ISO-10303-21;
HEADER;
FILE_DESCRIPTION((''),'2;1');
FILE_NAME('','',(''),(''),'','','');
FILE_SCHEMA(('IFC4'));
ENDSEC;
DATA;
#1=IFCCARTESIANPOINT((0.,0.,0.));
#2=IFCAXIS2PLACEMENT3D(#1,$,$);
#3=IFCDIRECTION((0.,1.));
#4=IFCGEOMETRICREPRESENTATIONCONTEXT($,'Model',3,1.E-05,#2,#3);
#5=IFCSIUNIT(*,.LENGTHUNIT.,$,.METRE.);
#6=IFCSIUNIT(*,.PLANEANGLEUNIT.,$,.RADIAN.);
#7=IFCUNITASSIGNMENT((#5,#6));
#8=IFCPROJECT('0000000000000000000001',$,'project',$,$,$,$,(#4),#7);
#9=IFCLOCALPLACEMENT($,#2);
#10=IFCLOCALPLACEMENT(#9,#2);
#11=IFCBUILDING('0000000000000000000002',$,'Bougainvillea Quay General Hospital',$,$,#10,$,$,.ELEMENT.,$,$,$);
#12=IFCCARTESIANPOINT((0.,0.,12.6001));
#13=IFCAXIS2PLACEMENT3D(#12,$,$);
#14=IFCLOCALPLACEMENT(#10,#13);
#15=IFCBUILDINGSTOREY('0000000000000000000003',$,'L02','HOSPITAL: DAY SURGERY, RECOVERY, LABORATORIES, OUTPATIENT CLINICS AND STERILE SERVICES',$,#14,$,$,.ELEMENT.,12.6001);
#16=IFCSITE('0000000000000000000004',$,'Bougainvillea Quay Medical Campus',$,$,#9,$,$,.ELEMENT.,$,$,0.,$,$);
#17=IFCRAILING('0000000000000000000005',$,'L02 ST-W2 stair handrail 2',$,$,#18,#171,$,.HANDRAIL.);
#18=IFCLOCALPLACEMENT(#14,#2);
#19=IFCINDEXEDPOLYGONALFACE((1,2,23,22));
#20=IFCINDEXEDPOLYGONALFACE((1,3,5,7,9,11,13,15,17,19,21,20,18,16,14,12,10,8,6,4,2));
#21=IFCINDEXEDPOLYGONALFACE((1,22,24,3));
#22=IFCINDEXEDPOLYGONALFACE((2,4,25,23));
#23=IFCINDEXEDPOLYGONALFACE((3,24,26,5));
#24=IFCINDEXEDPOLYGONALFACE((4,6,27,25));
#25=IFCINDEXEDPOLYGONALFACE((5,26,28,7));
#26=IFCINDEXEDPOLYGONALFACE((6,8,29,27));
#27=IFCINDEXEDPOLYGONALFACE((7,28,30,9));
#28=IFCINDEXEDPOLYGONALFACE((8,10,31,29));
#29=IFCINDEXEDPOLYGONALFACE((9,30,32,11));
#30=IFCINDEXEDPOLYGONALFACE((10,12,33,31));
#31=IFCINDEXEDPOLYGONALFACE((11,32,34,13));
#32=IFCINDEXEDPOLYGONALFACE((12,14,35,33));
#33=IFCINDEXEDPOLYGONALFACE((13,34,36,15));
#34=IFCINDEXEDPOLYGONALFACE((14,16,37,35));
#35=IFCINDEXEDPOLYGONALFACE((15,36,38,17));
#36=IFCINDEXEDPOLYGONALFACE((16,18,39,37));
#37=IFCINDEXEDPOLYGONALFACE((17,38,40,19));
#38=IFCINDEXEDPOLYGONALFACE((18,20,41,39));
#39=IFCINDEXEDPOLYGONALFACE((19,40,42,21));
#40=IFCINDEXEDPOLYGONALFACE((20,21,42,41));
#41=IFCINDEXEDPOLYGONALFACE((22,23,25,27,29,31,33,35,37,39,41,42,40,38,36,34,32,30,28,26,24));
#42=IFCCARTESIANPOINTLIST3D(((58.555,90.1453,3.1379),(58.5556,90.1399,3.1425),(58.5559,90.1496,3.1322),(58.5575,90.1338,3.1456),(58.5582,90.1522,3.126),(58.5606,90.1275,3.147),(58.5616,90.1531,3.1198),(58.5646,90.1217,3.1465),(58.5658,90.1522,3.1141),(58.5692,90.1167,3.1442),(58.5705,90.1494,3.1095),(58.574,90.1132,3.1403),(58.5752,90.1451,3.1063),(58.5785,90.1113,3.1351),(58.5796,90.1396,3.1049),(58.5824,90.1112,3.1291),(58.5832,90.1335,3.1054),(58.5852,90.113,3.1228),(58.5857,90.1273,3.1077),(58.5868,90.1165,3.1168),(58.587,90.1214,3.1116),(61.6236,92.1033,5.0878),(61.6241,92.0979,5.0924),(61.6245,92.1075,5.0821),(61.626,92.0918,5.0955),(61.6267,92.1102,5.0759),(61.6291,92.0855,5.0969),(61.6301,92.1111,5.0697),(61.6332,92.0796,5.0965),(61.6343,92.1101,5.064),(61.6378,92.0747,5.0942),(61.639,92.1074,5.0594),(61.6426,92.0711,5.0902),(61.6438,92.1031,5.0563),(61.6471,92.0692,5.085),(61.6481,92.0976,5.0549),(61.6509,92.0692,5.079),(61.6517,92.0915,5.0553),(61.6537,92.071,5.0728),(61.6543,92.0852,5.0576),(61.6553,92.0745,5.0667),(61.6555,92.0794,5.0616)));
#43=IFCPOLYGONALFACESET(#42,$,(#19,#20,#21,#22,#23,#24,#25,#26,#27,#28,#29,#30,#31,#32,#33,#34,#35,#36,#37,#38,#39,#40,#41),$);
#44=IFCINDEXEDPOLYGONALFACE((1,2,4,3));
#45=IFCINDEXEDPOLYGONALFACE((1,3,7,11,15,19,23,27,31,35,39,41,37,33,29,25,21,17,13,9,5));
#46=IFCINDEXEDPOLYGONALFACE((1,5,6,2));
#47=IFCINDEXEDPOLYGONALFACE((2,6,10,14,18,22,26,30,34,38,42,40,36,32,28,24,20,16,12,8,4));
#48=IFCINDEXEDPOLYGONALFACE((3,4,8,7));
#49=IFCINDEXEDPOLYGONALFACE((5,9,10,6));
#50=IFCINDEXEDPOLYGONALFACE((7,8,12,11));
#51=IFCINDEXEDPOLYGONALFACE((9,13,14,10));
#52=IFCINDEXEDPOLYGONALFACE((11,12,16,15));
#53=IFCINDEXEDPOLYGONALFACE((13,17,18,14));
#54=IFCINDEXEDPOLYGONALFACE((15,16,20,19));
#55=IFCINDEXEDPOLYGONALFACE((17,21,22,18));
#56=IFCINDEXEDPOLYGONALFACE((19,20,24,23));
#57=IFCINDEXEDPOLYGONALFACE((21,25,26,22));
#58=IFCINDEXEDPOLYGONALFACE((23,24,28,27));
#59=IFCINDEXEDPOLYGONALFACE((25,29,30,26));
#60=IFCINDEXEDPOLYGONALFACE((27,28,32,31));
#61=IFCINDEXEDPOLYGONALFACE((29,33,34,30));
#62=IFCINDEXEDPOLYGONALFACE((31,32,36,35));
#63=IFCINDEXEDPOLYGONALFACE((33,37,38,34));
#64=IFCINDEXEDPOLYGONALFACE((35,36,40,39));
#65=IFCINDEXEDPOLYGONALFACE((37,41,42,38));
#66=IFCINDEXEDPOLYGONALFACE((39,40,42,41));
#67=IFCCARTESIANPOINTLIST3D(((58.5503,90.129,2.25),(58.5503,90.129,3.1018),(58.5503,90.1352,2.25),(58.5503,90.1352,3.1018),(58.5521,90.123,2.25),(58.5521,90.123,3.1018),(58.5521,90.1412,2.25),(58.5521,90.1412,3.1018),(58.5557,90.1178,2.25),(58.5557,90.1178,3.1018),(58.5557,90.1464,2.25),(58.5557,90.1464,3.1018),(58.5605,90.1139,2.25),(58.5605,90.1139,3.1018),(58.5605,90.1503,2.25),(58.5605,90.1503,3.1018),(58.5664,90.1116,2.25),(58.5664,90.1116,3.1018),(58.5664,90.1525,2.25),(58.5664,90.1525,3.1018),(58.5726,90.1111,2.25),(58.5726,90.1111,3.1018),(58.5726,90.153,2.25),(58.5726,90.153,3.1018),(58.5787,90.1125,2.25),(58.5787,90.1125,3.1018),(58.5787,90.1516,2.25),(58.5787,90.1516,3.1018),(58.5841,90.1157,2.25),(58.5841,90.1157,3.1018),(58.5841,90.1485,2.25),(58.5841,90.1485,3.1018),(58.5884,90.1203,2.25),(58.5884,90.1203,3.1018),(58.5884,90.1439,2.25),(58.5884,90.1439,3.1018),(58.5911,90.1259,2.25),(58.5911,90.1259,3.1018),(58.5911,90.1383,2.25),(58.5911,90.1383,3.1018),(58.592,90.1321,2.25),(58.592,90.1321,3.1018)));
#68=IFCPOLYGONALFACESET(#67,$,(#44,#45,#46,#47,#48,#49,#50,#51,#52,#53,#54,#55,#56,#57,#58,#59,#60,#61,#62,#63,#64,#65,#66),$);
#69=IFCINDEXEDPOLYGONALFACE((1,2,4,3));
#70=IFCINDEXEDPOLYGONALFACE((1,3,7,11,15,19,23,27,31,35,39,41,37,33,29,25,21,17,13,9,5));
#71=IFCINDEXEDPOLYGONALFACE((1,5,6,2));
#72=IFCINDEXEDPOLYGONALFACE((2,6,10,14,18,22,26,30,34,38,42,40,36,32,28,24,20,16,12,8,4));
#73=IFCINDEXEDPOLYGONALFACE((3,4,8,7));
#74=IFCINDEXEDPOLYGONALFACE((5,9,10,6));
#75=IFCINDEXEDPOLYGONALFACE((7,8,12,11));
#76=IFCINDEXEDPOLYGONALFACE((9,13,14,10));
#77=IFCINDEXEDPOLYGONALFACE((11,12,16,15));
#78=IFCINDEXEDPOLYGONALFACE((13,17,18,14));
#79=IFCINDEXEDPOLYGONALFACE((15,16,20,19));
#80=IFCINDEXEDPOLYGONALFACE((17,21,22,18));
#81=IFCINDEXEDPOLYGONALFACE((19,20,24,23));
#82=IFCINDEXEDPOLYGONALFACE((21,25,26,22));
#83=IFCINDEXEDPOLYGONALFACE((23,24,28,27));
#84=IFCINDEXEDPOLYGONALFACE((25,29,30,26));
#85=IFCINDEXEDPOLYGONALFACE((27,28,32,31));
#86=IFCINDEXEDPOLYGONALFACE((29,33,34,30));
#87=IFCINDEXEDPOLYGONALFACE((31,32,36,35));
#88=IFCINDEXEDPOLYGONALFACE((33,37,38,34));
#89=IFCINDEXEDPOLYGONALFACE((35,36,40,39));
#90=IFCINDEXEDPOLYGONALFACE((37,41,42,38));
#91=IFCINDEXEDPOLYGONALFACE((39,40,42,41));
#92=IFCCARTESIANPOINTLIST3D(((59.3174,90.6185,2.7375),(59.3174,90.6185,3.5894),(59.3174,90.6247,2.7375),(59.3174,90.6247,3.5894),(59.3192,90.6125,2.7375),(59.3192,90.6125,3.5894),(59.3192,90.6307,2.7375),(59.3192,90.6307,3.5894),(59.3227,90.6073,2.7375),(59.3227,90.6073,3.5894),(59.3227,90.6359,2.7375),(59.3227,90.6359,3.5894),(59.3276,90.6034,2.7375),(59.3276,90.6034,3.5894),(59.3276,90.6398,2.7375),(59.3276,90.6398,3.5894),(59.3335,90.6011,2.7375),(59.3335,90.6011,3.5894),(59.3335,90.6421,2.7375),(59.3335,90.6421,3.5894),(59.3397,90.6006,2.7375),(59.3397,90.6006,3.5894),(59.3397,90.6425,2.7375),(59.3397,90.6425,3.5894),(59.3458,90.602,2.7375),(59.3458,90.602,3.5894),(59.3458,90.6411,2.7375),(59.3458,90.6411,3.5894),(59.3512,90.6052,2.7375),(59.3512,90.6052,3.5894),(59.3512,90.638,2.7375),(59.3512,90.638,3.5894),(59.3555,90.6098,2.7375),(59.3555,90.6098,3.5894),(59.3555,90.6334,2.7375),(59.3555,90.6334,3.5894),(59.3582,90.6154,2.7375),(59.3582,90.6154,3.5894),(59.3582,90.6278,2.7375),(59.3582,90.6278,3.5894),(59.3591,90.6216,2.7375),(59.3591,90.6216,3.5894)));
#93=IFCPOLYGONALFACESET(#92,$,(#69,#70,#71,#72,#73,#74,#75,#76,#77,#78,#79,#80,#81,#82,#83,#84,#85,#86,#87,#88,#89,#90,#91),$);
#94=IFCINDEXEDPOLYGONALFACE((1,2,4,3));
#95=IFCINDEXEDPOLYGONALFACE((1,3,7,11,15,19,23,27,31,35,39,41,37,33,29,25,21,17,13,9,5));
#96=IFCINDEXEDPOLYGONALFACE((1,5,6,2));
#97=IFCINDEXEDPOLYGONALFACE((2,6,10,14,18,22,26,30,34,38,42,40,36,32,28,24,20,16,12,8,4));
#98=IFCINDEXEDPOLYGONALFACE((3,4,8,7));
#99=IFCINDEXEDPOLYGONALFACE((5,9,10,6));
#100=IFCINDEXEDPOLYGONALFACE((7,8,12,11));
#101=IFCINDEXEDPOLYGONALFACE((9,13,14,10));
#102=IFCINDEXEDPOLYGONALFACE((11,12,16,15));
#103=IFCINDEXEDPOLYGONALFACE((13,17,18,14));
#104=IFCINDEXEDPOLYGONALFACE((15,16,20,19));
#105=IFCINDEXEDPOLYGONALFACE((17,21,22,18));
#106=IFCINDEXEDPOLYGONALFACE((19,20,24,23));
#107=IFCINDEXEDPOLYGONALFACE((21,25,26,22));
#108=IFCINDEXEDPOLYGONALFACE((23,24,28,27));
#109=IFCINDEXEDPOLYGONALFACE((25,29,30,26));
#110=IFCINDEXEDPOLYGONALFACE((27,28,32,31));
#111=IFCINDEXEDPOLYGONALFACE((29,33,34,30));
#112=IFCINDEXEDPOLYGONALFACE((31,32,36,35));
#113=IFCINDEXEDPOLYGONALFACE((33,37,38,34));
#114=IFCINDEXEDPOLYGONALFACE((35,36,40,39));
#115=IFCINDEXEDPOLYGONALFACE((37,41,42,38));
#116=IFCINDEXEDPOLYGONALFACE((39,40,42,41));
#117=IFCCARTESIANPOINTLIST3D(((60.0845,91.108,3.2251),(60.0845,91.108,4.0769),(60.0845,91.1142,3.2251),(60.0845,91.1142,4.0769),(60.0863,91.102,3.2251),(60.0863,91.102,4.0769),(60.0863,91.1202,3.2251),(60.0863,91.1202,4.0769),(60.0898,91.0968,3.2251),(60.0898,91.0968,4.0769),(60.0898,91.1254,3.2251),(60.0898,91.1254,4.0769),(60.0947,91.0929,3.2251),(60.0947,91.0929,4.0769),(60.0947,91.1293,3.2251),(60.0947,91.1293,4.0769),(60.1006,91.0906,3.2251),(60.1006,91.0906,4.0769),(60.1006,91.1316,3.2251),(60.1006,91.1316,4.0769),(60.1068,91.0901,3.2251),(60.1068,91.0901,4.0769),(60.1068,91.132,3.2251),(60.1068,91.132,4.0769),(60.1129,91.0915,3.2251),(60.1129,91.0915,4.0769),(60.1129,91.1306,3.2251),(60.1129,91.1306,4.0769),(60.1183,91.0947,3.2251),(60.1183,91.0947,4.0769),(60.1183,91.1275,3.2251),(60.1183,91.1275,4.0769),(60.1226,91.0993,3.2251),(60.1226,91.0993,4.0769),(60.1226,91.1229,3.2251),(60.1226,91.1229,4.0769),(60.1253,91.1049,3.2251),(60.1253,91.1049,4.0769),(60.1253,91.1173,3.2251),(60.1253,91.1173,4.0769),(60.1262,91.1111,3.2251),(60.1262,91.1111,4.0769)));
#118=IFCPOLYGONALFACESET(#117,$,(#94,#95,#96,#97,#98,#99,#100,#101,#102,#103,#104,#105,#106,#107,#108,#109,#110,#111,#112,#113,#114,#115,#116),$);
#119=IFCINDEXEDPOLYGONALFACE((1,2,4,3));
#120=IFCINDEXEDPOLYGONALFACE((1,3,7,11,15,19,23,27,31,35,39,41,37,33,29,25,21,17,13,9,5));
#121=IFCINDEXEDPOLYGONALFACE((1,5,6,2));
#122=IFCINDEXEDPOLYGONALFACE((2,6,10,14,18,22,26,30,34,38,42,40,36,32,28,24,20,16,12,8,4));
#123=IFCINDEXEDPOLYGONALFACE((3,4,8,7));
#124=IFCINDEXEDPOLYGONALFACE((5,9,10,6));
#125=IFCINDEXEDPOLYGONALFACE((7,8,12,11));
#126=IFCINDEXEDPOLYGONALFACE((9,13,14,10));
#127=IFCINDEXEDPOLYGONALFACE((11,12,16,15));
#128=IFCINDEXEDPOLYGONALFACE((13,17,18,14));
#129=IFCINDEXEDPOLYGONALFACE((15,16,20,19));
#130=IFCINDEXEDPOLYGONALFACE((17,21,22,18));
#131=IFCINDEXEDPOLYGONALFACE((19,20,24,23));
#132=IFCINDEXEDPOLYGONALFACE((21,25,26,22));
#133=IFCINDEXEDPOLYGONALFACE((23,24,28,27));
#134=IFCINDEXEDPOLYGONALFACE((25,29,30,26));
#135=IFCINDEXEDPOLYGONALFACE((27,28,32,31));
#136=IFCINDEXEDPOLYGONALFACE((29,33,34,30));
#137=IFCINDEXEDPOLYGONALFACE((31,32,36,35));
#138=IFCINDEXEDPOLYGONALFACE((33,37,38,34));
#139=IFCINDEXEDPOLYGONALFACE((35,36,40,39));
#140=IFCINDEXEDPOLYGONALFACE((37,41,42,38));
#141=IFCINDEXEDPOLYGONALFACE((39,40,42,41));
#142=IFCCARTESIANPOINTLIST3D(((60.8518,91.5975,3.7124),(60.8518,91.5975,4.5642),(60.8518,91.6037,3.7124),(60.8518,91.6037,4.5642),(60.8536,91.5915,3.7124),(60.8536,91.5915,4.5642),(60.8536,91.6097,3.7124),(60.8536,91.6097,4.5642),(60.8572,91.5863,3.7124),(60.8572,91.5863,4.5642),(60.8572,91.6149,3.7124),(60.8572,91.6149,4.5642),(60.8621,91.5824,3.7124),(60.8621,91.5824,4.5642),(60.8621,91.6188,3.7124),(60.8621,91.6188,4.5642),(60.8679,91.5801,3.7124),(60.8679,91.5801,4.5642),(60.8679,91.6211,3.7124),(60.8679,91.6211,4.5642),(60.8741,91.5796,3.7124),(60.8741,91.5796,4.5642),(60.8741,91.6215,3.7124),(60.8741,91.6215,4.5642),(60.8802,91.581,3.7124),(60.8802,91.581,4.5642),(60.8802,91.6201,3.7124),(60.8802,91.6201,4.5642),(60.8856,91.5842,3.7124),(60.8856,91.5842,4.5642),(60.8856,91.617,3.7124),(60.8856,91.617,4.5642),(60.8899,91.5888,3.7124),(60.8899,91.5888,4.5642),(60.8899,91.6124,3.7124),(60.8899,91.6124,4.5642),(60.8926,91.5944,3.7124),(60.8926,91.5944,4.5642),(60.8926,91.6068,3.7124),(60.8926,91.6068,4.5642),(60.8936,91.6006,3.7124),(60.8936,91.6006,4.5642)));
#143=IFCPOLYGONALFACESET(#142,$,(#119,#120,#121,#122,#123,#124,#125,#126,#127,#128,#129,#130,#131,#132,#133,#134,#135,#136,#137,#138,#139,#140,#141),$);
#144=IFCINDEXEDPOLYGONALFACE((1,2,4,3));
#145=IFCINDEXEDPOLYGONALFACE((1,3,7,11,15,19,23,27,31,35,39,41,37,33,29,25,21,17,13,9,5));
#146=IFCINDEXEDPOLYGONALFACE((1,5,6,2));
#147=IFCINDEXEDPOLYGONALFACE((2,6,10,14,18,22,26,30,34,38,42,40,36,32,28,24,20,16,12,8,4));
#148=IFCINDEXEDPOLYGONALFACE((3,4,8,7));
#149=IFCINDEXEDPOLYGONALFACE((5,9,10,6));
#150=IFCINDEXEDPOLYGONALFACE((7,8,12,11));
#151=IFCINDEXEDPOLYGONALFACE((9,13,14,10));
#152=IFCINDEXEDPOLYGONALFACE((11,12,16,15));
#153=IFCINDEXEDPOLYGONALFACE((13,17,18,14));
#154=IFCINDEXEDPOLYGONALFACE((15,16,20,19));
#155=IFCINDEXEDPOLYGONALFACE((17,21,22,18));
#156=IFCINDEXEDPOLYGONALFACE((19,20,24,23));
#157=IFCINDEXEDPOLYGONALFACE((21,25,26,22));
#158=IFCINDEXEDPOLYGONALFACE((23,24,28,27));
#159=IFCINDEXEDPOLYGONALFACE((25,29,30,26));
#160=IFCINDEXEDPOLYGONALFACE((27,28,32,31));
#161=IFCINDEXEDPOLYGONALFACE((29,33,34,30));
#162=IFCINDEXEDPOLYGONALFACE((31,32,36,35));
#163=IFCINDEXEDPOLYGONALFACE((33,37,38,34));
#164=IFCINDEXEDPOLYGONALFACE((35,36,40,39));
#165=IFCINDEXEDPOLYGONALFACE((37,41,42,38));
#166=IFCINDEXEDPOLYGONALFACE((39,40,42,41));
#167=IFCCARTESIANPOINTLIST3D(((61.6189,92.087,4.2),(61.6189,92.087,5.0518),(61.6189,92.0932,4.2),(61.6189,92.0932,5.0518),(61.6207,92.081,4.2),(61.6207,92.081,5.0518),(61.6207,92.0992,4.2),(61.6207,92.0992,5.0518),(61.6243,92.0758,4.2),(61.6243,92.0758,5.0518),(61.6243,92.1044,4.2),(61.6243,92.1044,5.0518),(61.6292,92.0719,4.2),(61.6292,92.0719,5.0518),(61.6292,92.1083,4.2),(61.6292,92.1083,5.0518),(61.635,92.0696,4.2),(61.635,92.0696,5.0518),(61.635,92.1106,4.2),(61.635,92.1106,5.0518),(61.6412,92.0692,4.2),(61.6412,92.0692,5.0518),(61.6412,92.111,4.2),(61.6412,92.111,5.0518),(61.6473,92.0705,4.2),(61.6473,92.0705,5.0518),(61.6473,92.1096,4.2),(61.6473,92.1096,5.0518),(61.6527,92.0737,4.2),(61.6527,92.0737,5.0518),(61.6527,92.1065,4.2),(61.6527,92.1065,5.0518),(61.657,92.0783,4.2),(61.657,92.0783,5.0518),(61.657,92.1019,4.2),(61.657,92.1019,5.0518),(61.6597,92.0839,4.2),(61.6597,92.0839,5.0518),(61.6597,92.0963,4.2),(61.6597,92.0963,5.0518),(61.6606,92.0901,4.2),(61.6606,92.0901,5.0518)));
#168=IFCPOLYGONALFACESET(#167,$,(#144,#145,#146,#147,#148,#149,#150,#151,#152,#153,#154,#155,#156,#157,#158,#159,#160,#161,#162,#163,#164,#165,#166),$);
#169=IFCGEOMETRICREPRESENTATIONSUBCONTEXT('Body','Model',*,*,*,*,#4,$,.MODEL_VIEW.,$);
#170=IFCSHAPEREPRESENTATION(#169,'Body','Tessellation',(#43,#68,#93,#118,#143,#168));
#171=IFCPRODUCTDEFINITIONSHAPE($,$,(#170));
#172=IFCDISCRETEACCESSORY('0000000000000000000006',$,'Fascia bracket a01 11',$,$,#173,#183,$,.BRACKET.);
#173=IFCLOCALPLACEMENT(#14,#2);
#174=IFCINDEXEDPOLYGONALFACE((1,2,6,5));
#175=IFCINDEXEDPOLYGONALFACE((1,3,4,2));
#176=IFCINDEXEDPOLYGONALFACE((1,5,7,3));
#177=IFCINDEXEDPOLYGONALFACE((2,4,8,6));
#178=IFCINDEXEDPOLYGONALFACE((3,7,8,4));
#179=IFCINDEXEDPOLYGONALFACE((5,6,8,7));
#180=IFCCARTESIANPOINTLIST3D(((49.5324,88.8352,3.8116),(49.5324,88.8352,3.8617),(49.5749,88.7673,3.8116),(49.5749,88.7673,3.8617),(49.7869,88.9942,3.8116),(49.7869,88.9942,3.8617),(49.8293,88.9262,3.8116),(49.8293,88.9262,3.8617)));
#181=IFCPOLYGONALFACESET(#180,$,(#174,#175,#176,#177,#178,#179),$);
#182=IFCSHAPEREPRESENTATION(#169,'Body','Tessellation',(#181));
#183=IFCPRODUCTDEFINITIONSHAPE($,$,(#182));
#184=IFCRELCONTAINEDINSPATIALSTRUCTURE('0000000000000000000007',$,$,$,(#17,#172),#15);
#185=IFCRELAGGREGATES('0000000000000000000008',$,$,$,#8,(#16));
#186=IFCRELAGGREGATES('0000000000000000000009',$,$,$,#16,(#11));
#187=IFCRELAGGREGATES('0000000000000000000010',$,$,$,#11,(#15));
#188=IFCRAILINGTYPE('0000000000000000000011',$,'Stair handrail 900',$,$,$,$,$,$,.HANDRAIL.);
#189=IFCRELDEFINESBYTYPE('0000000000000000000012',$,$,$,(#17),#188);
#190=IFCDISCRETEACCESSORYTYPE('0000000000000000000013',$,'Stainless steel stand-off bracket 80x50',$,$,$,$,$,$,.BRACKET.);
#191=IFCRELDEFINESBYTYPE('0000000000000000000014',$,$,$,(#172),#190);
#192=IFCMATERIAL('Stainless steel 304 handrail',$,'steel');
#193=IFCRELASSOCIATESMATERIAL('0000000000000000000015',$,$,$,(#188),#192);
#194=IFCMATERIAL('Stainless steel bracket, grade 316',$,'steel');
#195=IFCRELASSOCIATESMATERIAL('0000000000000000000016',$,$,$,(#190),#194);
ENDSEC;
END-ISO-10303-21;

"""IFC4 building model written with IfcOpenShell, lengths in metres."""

from ifc_helpers import new_model, si_unit, direction, frame, origin, origin_2d, place, context, subcontext, project, spatial, rectangle, circle, extrude, material, material_profile, profile_set, type_object, element, save


model = new_model("IFC4")

# Units and contexts
model_context = context("Model", 3, precision=1e-05, world=origin(), true_north=direction((0.0, 1.0)))
body_context = subcontext(model_context, "Body", "Model", "MODEL_VIEW")
ifc_project = project(units=[si_unit("LENGTHUNIT", "METRE"), si_unit("PLANEANGLEUNIT", "RADIAN")], contexts=[model_context])

# Site, building, storey
site_placement = place(None, origin())
site = spatial("IfcSite", under=ifc_project, at=site_placement, Name="Bougainvillea Quay Medical Campus", CompositionType="ELEMENT", RefElevation=0.0)
building_placement = place(site_placement, origin())
building = spatial("IfcBuilding", under=site, at=building_placement, Name="Bougainvillea Quay General Hospital", CompositionType="ELEMENT")
storey_placement = place(building_placement, frame((0.0, 0.0, 12.6001)))
storey = spatial("IfcBuildingStorey", under=building, at=storey_placement, Name="L02", Description="HOSPITAL: DAY SURGERY, RECOVERY, LABORATORIES, OUTPATIENT CLINICS AND STERILE SERVICES", CompositionType="ELEMENT", Elevation=12.6001)

# Railing
ifc_material_1 = material(Name="Stainless steel 304 handrail", Category="steel")
railing_type_1 = type_object("IfcRailingType", Name="Stair handrail 900", PredefinedType="HANDRAIL", material=ifc_material_1)
railing_1_placement = place(storey_placement, frame((58.571, 90.1321, 2.25)))
element("IfcRailing", 1, at=railing_1_placement, inside=storey, type_object=railing_type_1, Name="L02 ST-W2 stair handrail 2", PredefinedType="HANDRAIL", context=body_context, shape_type="SweptSolid", body=[
    extrude(circle(Radius=0.0239, at=origin_2d()), frame((0.0, 0.0, 0.876), z_axis=(0.743101, 0.474156, 0.472205), x_axis=(-0.537904, 0.843006, 0.0)), (0.0, 0.0, 1.0), 4.1294),
    extrude(circle(Radius=0.021, at=origin_2d()), origin(), (0.0, 0.0, 1.0), 0.8518),
    extrude(circle(Radius=0.021, at=origin_2d()), frame((0.7671, 0.4895, 0.4875)), (0.0, 0.0, 1.0), 0.8518),
    extrude(circle(Radius=0.021, at=origin_2d()), frame((1.5342, 0.979, 0.9751)), (0.0, 0.0, 1.0), 0.8518),
    extrude(circle(Radius=0.021, at=origin_2d()), frame((2.3015, 1.4685, 1.4624)), (0.0, 0.0, 1.0), 0.8518),
    extrude(circle(Radius=0.021, at=origin_2d()), frame((3.0686, 1.958, 1.95)), (0.0, 0.0, 1.0), 0.8518),
])

# Discrete accessory
ifc_material_2 = material(Name="Stainless steel bracket, grade 316", Category="steel")
ifc_material_profile_1 = material_profile(ifc_material_2, rectangle(XDim=0.0801, YDim=0.05, at=origin_2d()))
ifc_profile_set_1 = profile_set([ifc_material_profile_1], Name="Stainless steel bracket, grade 316")
discrete_accessory_type = type_object("IfcDiscreteAccessoryType", Name="Stainless steel stand-off bracket 80x50", PredefinedType="BRACKET", material=ifc_profile_set_1)
discrete_accessory_placement = place(storey_placement, frame((49.8081, 88.9602, 3.8367), z_axis=(-0.84809, -0.529853, 0.0), x_axis=(0.529853, -0.84809, 0.0)))
element("IfcDiscreteAccessory", 2, at=discrete_accessory_placement, inside=storey, type_object=discrete_accessory_type, Name="Fascia bracket a01 11", PredefinedType="BRACKET", context=body_context, shape_type="SweptSolid", body=[
    extrude(rectangle(XDim=0.0801, YDim=0.05, at=origin_2d()), origin(), (0.0, 0.0, 1.0), 0.3),
])

save(model, "model.ifc")
